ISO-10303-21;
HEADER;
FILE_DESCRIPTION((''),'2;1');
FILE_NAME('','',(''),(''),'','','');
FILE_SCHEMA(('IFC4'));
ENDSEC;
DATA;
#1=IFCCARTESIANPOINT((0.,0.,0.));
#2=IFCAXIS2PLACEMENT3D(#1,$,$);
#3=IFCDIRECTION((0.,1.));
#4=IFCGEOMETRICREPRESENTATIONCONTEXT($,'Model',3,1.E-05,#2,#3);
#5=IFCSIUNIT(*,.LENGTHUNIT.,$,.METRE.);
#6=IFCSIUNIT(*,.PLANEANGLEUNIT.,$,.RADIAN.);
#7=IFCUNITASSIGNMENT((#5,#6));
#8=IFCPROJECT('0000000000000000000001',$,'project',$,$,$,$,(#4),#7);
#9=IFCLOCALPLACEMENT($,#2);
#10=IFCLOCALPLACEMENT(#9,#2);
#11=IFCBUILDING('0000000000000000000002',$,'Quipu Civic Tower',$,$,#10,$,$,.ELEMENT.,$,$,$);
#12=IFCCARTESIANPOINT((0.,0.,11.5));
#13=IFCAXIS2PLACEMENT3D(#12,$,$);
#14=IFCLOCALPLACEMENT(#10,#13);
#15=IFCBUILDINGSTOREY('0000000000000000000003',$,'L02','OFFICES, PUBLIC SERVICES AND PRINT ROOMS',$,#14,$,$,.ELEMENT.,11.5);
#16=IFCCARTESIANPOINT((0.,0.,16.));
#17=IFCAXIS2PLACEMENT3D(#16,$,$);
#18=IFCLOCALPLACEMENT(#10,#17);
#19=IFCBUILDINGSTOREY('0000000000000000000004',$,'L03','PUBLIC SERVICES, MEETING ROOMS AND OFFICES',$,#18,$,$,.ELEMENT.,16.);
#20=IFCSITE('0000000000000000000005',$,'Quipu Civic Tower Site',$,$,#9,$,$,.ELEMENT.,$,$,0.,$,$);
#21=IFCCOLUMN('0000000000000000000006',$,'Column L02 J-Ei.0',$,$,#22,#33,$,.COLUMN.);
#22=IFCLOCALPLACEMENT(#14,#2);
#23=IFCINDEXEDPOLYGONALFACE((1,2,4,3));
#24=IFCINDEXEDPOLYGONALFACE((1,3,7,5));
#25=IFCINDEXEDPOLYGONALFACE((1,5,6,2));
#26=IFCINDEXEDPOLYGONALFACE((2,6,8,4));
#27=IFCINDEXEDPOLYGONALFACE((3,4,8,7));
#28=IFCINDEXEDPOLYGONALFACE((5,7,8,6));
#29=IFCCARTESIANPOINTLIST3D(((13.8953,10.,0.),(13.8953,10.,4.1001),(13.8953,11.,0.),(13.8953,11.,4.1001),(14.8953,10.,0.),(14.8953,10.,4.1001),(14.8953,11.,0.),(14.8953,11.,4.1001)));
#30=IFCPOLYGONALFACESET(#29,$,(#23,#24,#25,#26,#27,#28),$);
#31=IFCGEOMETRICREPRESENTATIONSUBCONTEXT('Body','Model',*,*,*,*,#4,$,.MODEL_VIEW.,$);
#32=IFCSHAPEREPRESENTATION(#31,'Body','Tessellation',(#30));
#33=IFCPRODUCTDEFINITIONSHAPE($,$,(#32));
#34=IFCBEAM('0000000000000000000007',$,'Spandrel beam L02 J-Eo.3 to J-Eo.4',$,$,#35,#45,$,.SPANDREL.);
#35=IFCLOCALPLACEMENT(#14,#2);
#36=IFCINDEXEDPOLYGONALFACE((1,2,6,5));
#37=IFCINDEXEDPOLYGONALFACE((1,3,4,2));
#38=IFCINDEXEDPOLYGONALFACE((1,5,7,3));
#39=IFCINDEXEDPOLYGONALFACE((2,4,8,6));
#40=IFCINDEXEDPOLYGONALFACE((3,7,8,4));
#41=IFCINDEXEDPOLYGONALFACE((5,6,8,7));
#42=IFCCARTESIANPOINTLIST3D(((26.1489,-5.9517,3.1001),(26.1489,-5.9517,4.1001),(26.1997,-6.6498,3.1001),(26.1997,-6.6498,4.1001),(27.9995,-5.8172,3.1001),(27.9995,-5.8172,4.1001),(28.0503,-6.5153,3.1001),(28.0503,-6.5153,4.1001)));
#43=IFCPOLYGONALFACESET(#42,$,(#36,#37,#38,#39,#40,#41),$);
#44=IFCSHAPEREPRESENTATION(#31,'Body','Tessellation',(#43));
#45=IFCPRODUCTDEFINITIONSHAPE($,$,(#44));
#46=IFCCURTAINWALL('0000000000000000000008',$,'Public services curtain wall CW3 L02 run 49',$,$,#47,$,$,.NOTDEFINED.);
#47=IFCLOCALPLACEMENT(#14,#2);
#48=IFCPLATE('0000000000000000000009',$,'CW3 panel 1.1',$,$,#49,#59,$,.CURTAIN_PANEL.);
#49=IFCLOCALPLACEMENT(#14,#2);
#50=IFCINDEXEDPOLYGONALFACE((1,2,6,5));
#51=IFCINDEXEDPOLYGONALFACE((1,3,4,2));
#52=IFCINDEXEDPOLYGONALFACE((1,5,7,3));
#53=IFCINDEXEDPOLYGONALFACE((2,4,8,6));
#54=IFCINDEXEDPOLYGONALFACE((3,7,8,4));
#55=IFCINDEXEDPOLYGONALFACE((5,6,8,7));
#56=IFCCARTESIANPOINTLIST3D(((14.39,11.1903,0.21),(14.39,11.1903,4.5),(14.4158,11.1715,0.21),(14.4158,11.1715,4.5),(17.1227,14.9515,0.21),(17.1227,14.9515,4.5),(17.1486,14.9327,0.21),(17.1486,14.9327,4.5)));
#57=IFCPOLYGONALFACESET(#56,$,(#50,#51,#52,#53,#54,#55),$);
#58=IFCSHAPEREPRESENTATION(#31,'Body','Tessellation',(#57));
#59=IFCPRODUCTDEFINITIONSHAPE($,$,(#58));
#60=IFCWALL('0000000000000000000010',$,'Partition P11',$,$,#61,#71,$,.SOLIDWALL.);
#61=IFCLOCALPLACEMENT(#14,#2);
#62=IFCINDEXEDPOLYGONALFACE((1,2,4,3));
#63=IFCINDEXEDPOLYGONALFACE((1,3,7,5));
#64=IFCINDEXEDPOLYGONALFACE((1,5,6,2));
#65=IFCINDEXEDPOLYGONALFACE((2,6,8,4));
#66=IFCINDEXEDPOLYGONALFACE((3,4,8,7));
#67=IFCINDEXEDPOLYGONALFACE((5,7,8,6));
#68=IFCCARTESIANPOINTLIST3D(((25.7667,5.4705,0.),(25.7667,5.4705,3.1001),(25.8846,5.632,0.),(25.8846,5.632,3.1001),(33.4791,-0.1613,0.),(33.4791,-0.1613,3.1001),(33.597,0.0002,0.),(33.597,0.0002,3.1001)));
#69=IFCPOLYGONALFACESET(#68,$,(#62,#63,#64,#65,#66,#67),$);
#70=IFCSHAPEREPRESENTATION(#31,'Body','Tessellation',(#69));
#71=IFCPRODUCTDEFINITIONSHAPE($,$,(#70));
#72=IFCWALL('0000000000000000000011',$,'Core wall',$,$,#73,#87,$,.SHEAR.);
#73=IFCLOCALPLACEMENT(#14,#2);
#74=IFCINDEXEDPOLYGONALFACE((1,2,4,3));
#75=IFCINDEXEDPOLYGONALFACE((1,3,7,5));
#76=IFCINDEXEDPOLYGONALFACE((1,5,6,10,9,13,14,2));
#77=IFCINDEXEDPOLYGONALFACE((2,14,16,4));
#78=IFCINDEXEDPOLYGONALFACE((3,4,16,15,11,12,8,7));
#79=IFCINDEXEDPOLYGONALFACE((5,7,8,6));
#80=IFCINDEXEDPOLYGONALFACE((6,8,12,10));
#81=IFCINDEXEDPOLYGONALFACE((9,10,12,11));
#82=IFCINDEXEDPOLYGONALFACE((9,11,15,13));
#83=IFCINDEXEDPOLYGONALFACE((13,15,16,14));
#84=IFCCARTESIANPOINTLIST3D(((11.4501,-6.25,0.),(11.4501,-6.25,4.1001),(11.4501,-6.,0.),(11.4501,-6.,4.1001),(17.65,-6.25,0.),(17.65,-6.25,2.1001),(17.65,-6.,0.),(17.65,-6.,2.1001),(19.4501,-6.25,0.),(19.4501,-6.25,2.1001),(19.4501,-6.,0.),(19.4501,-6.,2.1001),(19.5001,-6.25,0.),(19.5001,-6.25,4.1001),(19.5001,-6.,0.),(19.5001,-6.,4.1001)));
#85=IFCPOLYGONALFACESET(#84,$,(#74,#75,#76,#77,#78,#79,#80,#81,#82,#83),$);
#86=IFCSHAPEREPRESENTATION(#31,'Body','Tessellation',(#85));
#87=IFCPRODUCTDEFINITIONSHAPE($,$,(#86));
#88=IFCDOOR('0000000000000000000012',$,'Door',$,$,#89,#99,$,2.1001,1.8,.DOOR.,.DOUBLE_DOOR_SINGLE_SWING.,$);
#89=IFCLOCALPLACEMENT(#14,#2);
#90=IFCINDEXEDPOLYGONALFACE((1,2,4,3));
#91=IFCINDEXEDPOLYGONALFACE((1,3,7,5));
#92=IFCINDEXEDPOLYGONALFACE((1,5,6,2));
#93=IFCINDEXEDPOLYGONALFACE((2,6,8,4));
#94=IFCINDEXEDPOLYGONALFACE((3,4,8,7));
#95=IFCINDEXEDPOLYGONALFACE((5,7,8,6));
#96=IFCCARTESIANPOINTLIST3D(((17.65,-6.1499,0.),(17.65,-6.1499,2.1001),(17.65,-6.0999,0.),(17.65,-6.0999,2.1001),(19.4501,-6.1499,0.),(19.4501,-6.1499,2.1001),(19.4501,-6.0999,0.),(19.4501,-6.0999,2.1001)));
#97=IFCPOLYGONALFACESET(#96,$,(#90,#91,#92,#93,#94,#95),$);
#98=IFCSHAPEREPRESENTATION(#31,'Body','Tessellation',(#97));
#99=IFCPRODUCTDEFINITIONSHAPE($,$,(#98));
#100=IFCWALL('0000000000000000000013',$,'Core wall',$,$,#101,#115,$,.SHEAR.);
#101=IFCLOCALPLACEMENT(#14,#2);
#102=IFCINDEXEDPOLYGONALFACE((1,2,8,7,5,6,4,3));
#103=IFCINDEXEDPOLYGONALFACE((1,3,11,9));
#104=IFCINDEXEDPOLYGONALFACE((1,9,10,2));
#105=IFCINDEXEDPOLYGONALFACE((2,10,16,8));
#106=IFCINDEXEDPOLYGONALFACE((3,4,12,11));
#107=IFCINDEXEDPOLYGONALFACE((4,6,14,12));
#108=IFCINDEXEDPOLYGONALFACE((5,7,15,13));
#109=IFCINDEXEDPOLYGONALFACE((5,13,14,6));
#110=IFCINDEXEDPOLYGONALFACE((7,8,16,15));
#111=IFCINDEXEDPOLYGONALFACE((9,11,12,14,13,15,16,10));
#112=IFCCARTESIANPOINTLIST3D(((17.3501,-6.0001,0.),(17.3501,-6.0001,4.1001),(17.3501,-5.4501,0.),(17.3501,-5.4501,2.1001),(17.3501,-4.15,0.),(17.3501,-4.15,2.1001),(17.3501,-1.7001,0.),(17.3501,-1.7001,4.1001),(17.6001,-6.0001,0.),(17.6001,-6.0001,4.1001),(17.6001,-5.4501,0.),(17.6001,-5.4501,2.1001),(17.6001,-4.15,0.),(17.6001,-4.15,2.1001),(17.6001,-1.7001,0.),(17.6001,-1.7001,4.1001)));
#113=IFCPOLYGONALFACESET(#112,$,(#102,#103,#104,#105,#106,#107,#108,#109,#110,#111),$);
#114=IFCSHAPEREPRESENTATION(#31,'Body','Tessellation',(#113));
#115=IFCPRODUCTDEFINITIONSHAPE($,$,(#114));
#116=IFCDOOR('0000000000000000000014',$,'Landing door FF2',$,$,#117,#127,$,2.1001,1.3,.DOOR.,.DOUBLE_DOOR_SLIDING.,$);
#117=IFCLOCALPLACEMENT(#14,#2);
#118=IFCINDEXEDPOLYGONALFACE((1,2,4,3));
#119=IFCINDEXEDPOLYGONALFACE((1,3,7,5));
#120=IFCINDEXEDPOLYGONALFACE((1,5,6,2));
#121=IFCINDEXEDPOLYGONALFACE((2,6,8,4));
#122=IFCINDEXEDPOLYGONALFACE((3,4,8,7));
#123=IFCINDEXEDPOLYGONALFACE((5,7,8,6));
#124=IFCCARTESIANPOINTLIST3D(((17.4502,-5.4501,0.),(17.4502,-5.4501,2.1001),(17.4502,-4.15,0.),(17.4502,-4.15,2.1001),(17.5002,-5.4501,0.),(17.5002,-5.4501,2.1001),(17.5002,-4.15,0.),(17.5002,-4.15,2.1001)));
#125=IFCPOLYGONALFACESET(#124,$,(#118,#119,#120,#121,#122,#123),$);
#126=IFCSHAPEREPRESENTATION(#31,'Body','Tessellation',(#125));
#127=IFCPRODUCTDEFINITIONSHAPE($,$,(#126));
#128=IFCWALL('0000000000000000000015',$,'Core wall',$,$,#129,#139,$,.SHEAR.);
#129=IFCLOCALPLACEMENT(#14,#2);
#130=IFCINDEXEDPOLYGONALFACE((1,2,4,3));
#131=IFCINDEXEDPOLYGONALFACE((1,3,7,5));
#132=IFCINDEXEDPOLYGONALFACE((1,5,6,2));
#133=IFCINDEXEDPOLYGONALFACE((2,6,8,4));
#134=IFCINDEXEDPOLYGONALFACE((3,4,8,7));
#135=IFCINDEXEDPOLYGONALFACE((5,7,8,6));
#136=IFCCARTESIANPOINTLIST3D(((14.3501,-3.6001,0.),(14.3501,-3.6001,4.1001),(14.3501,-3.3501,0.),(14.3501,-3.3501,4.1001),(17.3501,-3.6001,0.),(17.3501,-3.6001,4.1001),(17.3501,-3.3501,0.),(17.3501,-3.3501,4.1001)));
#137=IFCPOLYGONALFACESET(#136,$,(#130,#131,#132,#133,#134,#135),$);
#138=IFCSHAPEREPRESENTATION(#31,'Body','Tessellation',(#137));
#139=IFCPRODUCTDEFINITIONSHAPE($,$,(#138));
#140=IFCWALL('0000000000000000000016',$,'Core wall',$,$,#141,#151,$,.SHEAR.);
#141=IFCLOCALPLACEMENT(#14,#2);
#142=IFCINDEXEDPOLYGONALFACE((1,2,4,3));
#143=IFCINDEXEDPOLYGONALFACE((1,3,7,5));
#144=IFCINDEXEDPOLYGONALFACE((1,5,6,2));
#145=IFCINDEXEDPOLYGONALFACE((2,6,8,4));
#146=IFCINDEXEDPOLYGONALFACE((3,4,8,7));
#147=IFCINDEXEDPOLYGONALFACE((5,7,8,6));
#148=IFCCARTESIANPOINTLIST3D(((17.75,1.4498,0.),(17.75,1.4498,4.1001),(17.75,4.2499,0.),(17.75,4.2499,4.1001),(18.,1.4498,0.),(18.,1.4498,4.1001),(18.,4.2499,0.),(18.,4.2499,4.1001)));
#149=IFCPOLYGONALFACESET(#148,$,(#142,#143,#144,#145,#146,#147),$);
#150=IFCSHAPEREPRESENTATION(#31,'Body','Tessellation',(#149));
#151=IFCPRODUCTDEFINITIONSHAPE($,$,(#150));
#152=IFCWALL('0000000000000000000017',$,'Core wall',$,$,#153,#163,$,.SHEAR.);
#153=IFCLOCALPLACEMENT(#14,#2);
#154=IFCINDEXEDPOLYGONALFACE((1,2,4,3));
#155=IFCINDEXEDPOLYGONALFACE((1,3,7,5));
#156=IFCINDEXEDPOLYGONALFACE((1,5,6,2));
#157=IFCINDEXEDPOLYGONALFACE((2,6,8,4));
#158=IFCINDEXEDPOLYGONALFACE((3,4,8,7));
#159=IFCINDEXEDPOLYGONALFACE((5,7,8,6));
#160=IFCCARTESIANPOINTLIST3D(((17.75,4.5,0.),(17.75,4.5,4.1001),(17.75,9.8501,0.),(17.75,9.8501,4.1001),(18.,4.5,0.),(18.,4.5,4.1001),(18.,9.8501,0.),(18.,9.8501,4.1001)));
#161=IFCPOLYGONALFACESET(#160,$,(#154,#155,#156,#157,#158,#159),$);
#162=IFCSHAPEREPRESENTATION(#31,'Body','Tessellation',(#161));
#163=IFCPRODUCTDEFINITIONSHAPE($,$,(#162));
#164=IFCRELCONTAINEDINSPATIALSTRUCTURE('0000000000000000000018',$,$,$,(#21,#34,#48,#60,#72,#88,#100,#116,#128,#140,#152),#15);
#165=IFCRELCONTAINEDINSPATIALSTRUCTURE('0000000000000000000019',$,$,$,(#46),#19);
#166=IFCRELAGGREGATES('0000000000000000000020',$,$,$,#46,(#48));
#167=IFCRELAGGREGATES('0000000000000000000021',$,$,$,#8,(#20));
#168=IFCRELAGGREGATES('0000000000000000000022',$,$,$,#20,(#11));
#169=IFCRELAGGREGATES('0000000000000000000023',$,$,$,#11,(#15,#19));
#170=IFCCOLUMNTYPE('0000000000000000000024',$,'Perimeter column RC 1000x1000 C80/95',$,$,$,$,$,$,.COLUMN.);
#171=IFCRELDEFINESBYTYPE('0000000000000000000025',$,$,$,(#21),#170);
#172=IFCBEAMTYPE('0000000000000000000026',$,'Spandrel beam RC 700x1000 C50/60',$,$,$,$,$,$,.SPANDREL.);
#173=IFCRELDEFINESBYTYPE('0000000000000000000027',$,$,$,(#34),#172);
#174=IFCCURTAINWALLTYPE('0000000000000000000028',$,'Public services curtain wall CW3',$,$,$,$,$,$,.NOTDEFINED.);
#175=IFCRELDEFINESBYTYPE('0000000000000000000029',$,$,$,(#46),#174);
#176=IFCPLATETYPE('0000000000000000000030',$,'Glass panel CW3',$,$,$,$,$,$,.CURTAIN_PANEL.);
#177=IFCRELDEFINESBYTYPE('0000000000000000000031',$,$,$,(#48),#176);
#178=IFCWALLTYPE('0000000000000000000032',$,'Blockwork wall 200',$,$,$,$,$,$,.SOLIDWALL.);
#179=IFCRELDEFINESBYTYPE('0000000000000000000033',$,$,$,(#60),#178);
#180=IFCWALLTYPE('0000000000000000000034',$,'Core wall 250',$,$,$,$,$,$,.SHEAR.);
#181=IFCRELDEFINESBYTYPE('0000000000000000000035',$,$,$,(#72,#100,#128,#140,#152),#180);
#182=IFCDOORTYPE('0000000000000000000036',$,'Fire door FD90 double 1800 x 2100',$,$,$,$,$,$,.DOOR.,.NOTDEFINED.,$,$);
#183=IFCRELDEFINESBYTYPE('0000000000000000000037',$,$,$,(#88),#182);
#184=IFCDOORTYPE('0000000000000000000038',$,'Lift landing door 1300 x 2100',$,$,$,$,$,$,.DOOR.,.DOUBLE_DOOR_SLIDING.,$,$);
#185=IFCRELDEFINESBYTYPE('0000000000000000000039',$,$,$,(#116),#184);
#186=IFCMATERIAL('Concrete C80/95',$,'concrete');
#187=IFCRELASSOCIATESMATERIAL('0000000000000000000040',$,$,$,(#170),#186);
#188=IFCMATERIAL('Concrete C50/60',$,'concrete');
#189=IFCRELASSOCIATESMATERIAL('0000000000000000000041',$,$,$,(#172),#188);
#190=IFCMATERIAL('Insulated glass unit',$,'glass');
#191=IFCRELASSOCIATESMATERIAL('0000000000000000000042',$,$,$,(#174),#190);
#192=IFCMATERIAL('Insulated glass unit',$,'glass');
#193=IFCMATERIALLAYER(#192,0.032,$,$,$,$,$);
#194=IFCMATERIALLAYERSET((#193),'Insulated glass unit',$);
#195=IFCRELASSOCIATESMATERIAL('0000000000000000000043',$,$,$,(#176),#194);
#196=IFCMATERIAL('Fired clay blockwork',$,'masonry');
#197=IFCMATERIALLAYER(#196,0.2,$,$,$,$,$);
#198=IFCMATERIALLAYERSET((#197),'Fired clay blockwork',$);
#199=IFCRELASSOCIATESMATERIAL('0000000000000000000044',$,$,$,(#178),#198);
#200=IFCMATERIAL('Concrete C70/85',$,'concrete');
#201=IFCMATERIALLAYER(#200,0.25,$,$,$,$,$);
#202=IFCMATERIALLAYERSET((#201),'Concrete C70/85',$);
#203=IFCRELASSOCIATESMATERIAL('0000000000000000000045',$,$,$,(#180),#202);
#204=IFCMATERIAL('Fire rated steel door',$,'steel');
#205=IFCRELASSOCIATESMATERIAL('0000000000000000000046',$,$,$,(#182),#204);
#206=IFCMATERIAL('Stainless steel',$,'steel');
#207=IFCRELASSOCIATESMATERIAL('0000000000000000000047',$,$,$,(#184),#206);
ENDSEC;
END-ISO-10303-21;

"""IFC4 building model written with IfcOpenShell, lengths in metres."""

from ifc_helpers import new_model, si_unit, direction, frame, frame_2d, origin, origin_2d, place, context, subcontext, project, spatial, rectangle, extrude, material, layer, layer_set, material_profile, profile_set, type_object, element, fill, aggregate, save


model = new_model("IFC4")

# Units and contexts
model_context = context("Model", 3, precision=1e-05, world=origin(), true_north=direction((0.0, 1.0)))
body_context = subcontext(model_context, "Body", "Model", "MODEL_VIEW")
ifc_project = project(units=[si_unit("LENGTHUNIT", "METRE"), si_unit("PLANEANGLEUNIT", "RADIAN")], contexts=[model_context])

# Site, building, storey
site_placement = place(None, origin())
site = spatial("IfcSite", under=ifc_project, at=site_placement, Name="Quipu Civic Tower Site", CompositionType="ELEMENT", RefElevation=0.0)
building_placement = place(site_placement, origin())
building = spatial("IfcBuilding", under=site, at=building_placement, Name="Quipu Civic Tower", CompositionType="ELEMENT")
storey_1_placement = place(building_placement, frame((0.0, 0.0, 11.5)))
storey_1 = spatial("IfcBuildingStorey", under=building, at=storey_1_placement, Name="L02", Description="OFFICES, PUBLIC SERVICES AND PRINT ROOMS", CompositionType="ELEMENT", Elevation=11.5)

# Column
ifc_material_1 = material(Name="Concrete C80/95", Category="concrete")
ifc_material_profile_1 = material_profile(ifc_material_1, rectangle(XDim=1.0, YDim=1.0, at=origin_2d()), Name="RC1000x1000")
ifc_profile_set_1 = profile_set([ifc_material_profile_1], Name="Concrete C80/95")
column_type = type_object("IfcColumnType", Name="Perimeter column RC 1000x1000 C80/95", PredefinedType="COLUMN", material=ifc_profile_set_1)
column_placement = place(storey_1_placement, frame((14.3953, 10.5, 0.0), z_axis=(0.0, 0.0, 1.0), x_axis=(-1.0, 0.0, 0.0)))
element("IfcColumn", 1, at=column_placement, inside=storey_1, type_object=column_type, Name="Column L02 J-Ei.0", PredefinedType="COLUMN", context=body_context, shape_type="SweptSolid", body=[
    extrude(rectangle(XDim=1.0, YDim=1.0, at=origin_2d()), origin(), (0.0, 0.0, 1.0), 4.1001),
])

# Beam
ifc_material_2 = material(Name="Concrete C50/60", Category="concrete")
ifc_material_profile_2 = material_profile(ifc_material_2, rectangle(XDim=0.7, YDim=1.0, at=origin_2d()), Name="RC700x1000")
ifc_profile_set_2 = profile_set([ifc_material_profile_2], Name="Concrete C50/60")
beam_type = type_object("IfcBeamType", Name="Spandrel beam RC 700x1000 C50/60", PredefinedType="SPANDREL", material=ifc_profile_set_2)
beam_placement = place(storey_1_placement, frame((26.1743, -6.3008, 3.6001), z_axis=(0.997368, 0.0725, 0.0), x_axis=(-0.0725, 0.997368, 0.0)))
element("IfcBeam", 2, at=beam_placement, inside=storey_1, type_object=beam_type, Name="Spandrel beam L02 J-Eo.3 to J-Eo.4", PredefinedType="SPANDREL", context=body_context, shape_type="SweptSolid", body=[
    extrude(rectangle(XDim=0.7, YDim=1.0, at=origin_2d()), origin(), (0.0, 0.0, 1.0), 1.8555),
])

# Shared definitions
storey_2_placement = place(building_placement, frame((0.0, 0.0, 16.0)))
storey_2 = spatial("IfcBuildingStorey", under=building, at=storey_2_placement, Name="L03", Description="PUBLIC SERVICES, MEETING ROOMS AND OFFICES", CompositionType="ELEMENT", Elevation=16.0)

# Curtain wall, plate
ifc_material_3 = material(Name="Insulated glass unit", Category="glass")
curtain_wall_type = type_object("IfcCurtainWallType", Name="Public services curtain wall CW3", PredefinedType="NOTDEFINED", material=ifc_material_3)
curtain_wall_placement = place(storey_2_placement, origin())
curtain_wall = element("IfcCurtainWall", 3, at=curtain_wall_placement, inside=storey_2, type_object=curtain_wall_type, Name="Public services curtain wall CW3 L02 run 49", PredefinedType="NOTDEFINED")
ifc_material_4 = material(Name="Insulated glass unit", Category="glass")
ifc_layer_1 = layer(ifc_material_4, 0.032)
ifc_layer_set_1 = layer_set([ifc_layer_1], Name="Insulated glass unit")
plate_type = type_object("IfcPlateType", Name="Glass panel CW3", PredefinedType="CURTAIN_PANEL", material=ifc_layer_set_1)
plate_placement = place(storey_1_placement, frame((15.7693, 13.0615, 0.21), z_axis=(0.0, 0.0, 1.0), x_axis=(-0.587795, -0.80901, 0.0)))
plate = element("IfcPlate", 4, at=plate_placement, inside=storey_1, type_object=plate_type, Name="CW3 panel 1.1", PredefinedType="CURTAIN_PANEL", context=body_context, shape_type="SweptSolid", body=[
    extrude(rectangle(XDim=4.6492, YDim=0.032, at=origin_2d()), origin(), (0.0, 0.0, 1.0), 4.29),
])
aggregate(curtain_wall, [plate])

# Wall
ifc_material_5 = material(Name="Fired clay blockwork", Category="masonry")
ifc_layer_2 = layer(ifc_material_5, 0.2)
ifc_layer_set_2 = layer_set([ifc_layer_2], Name="Fired clay blockwork")
wall_type_1 = type_object("IfcWallType", Name="Blockwork wall 200", PredefinedType="SOLIDWALL", material=ifc_layer_set_2)
wall_1_placement = place(storey_1_placement, frame((25.8257, 5.5513, 0.0), z_axis=(0.0, 0.0, 1.0), x_axis=(0.807598, -0.589733, 0.0)))
element("IfcWall", 5, at=wall_1_placement, inside=storey_1, type_object=wall_type_1, Name="Partition P11", PredefinedType="SOLIDWALL", context=body_context, shape_type="SweptSolid", body=[
    extrude(rectangle(XDim=9.5498, YDim=0.2, at=frame_2d((4.7749, 0.0))), origin(), (0.0, 0.0, 1.0), 3.1001),
])

# Walls, openings, doors
ifc_material_6 = material(Name="Concrete C70/85", Category="concrete")
ifc_layer_3 = layer(ifc_material_6, 0.25)
ifc_layer_set_3 = layer_set([ifc_layer_3], Name="Concrete C70/85")
wall_type_2 = type_object("IfcWallType", Name="Core wall 250", PredefinedType="SHEAR", material=ifc_layer_set_3)
wall_2_placement = place(storey_1_placement, frame((19.5, -6.125, 0.0), z_axis=(0.0, 0.0, 1.0), x_axis=(-1.0, 0.0, 0.0)))
wall_2 = element("IfcWall", 6, at=wall_2_placement, inside=storey_1, type_object=wall_type_2, Name="Core wall", PredefinedType="SHEAR", context=body_context, shape_type="SweptSolid", body=[
    extrude(rectangle(XDim=8.05, YDim=0.25, at=frame_2d((4.0249, 0.0))), origin(), (0.0, 0.0, 1.0), 4.1001),
])
opening_1_placement = place(wall_2_placement, frame((0.05, 0.0, 0.0)))
opening_1 = element("IfcOpeningElement", 7, at=opening_1_placement, cuts=wall_2, PredefinedType="OPENING", context=body_context, shape_type="SweptSolid", body=[
    extrude(rectangle(XDim=1.8, YDim=2.1001, at=frame_2d((0.8999, 1.05))), frame((0.0, 0.135, 0.0), z_axis=(0.0, -1.0, 0.0), x_axis=(1.0, 0.0, 0.0)), (0.0, 0.0, 1.0), 0.27),
])
ifc_material_7 = material(Name="Fire rated steel door", Category="steel")
door_type_1 = type_object("IfcDoorType", Name="Fire door FD90 double 1800 x 2100", OperationType="NOTDEFINED", PredefinedType="DOOR", material=ifc_material_7)
door_1_placement = place(opening_1_placement, origin())
door_1 = element("IfcDoor", 8, at=door_1_placement, inside=storey_1, type_object=door_type_1, Name="Door", OperationType="DOUBLE_DOOR_SINGLE_SWING", OverallHeight=2.1001, OverallWidth=1.8, PredefinedType="DOOR", context=body_context, shape_type="SweptSolid", body=[
    extrude(rectangle(XDim=1.8, YDim=2.1001, at=frame_2d((0.8999, 1.05))), frame((0.0, 0.0249, 0.0), z_axis=(0.0, -1.0, 0.0), x_axis=(1.0, 0.0, 0.0)), (0.0, 0.0, 1.0), 0.05),
])
fill(opening_1, door_1)
wall_3_placement = place(storey_1_placement, frame((17.4751, -6.0, 0.0), z_axis=(0.0, 0.0, 1.0), x_axis=(0.0, 1.0, 0.0)))
wall_3 = element("IfcWall", 9, at=wall_3_placement, inside=storey_1, type_object=wall_type_2, Name="Core wall", PredefinedType="SHEAR", context=body_context, shape_type="SweptSolid", body=[
    extrude(rectangle(XDim=4.3, YDim=0.25, at=frame_2d((2.1499, 0.0))), origin(), (0.0, 0.0, 1.0), 4.1001),
])
opening_2_placement = place(wall_3_placement, frame((0.55, 0.0, 0.0)))
opening_2 = element("IfcOpeningElement", 10, at=opening_2_placement, cuts=wall_3, PredefinedType="OPENING", context=body_context, shape_type="SweptSolid", body=[
    extrude(rectangle(XDim=1.3, YDim=2.1001, at=frame_2d((0.6499, 1.05))), frame((0.0, 0.135, 0.0), z_axis=(0.0, -1.0, 0.0), x_axis=(1.0, 0.0, 0.0)), (0.0, 0.0, 1.0), 0.27),
])
ifc_material_8 = material(Name="Stainless steel", Category="steel")
door_type_2 = type_object("IfcDoorType", Name="Lift landing door 1300 x 2100", OperationType="DOUBLE_DOOR_SLIDING", PredefinedType="DOOR", material=ifc_material_8)
door_2_placement = place(opening_2_placement, origin())
door_2 = element("IfcDoor", 11, at=door_2_placement, inside=storey_1, type_object=door_type_2, Name="Landing door FF2", OperationType="DOUBLE_DOOR_SLIDING", OverallHeight=2.1001, OverallWidth=1.3, PredefinedType="DOOR", context=body_context, shape_type="SweptSolid", body=[
    extrude(rectangle(XDim=1.3, YDim=2.1001, at=frame_2d((0.6499, 1.05))), frame((0.0, 0.0249, 0.0), z_axis=(0.0, -1.0, 0.0), x_axis=(1.0, 0.0, 0.0)), (0.0, 0.0, 1.0), 0.05),
])
fill(opening_2, door_2)

# Walls
wall_4_placement = place(storey_1_placement, frame((14.3501, -3.4751, 0.0), z_axis=(0.0, 0.0, 1.0), x_axis=(1.0, 0.0, 0.0)))
element("IfcWall", 12, at=wall_4_placement, inside=storey_1, type_object=wall_type_2, Name="Core wall", PredefinedType="SHEAR", context=body_context, shape_type="SweptSolid", body=[
    extrude(rectangle(XDim=3.0, YDim=0.25, at=frame_2d((1.5, 0.0))), origin(), (0.0, 0.0, 1.0), 4.1001),
])
wall_5_placement = place(storey_1_placement, frame((17.875, 1.45, 0.0), z_axis=(0.0, 0.0, 1.0), x_axis=(0.0, 1.0, 0.0)))
element("IfcWall", 13, at=wall_5_placement, inside=storey_1, type_object=wall_type_2, Name="Core wall", PredefinedType="SHEAR", context=body_context, shape_type="SweptSolid", body=[
    extrude(rectangle(XDim=2.8, YDim=0.25, at=frame_2d((1.3999, 0.0))), origin(), (0.0, 0.0, 1.0), 4.1001),
])
wall_6_placement = place(storey_1_placement, frame((17.875, 4.5, 0.0), z_axis=(0.0, 0.0, 1.0), x_axis=(0.0, 1.0, 0.0)))
element("IfcWall", 14, at=wall_6_placement, inside=storey_1, type_object=wall_type_2, Name="Core wall", PredefinedType="SHEAR", context=body_context, shape_type="SweptSolid", body=[
    extrude(rectangle(XDim=5.3501, YDim=0.25, at=frame_2d((2.675, 0.0))), origin(), (0.0, 0.0, 1.0), 4.1001),
])

save(model, "model.ifc")
